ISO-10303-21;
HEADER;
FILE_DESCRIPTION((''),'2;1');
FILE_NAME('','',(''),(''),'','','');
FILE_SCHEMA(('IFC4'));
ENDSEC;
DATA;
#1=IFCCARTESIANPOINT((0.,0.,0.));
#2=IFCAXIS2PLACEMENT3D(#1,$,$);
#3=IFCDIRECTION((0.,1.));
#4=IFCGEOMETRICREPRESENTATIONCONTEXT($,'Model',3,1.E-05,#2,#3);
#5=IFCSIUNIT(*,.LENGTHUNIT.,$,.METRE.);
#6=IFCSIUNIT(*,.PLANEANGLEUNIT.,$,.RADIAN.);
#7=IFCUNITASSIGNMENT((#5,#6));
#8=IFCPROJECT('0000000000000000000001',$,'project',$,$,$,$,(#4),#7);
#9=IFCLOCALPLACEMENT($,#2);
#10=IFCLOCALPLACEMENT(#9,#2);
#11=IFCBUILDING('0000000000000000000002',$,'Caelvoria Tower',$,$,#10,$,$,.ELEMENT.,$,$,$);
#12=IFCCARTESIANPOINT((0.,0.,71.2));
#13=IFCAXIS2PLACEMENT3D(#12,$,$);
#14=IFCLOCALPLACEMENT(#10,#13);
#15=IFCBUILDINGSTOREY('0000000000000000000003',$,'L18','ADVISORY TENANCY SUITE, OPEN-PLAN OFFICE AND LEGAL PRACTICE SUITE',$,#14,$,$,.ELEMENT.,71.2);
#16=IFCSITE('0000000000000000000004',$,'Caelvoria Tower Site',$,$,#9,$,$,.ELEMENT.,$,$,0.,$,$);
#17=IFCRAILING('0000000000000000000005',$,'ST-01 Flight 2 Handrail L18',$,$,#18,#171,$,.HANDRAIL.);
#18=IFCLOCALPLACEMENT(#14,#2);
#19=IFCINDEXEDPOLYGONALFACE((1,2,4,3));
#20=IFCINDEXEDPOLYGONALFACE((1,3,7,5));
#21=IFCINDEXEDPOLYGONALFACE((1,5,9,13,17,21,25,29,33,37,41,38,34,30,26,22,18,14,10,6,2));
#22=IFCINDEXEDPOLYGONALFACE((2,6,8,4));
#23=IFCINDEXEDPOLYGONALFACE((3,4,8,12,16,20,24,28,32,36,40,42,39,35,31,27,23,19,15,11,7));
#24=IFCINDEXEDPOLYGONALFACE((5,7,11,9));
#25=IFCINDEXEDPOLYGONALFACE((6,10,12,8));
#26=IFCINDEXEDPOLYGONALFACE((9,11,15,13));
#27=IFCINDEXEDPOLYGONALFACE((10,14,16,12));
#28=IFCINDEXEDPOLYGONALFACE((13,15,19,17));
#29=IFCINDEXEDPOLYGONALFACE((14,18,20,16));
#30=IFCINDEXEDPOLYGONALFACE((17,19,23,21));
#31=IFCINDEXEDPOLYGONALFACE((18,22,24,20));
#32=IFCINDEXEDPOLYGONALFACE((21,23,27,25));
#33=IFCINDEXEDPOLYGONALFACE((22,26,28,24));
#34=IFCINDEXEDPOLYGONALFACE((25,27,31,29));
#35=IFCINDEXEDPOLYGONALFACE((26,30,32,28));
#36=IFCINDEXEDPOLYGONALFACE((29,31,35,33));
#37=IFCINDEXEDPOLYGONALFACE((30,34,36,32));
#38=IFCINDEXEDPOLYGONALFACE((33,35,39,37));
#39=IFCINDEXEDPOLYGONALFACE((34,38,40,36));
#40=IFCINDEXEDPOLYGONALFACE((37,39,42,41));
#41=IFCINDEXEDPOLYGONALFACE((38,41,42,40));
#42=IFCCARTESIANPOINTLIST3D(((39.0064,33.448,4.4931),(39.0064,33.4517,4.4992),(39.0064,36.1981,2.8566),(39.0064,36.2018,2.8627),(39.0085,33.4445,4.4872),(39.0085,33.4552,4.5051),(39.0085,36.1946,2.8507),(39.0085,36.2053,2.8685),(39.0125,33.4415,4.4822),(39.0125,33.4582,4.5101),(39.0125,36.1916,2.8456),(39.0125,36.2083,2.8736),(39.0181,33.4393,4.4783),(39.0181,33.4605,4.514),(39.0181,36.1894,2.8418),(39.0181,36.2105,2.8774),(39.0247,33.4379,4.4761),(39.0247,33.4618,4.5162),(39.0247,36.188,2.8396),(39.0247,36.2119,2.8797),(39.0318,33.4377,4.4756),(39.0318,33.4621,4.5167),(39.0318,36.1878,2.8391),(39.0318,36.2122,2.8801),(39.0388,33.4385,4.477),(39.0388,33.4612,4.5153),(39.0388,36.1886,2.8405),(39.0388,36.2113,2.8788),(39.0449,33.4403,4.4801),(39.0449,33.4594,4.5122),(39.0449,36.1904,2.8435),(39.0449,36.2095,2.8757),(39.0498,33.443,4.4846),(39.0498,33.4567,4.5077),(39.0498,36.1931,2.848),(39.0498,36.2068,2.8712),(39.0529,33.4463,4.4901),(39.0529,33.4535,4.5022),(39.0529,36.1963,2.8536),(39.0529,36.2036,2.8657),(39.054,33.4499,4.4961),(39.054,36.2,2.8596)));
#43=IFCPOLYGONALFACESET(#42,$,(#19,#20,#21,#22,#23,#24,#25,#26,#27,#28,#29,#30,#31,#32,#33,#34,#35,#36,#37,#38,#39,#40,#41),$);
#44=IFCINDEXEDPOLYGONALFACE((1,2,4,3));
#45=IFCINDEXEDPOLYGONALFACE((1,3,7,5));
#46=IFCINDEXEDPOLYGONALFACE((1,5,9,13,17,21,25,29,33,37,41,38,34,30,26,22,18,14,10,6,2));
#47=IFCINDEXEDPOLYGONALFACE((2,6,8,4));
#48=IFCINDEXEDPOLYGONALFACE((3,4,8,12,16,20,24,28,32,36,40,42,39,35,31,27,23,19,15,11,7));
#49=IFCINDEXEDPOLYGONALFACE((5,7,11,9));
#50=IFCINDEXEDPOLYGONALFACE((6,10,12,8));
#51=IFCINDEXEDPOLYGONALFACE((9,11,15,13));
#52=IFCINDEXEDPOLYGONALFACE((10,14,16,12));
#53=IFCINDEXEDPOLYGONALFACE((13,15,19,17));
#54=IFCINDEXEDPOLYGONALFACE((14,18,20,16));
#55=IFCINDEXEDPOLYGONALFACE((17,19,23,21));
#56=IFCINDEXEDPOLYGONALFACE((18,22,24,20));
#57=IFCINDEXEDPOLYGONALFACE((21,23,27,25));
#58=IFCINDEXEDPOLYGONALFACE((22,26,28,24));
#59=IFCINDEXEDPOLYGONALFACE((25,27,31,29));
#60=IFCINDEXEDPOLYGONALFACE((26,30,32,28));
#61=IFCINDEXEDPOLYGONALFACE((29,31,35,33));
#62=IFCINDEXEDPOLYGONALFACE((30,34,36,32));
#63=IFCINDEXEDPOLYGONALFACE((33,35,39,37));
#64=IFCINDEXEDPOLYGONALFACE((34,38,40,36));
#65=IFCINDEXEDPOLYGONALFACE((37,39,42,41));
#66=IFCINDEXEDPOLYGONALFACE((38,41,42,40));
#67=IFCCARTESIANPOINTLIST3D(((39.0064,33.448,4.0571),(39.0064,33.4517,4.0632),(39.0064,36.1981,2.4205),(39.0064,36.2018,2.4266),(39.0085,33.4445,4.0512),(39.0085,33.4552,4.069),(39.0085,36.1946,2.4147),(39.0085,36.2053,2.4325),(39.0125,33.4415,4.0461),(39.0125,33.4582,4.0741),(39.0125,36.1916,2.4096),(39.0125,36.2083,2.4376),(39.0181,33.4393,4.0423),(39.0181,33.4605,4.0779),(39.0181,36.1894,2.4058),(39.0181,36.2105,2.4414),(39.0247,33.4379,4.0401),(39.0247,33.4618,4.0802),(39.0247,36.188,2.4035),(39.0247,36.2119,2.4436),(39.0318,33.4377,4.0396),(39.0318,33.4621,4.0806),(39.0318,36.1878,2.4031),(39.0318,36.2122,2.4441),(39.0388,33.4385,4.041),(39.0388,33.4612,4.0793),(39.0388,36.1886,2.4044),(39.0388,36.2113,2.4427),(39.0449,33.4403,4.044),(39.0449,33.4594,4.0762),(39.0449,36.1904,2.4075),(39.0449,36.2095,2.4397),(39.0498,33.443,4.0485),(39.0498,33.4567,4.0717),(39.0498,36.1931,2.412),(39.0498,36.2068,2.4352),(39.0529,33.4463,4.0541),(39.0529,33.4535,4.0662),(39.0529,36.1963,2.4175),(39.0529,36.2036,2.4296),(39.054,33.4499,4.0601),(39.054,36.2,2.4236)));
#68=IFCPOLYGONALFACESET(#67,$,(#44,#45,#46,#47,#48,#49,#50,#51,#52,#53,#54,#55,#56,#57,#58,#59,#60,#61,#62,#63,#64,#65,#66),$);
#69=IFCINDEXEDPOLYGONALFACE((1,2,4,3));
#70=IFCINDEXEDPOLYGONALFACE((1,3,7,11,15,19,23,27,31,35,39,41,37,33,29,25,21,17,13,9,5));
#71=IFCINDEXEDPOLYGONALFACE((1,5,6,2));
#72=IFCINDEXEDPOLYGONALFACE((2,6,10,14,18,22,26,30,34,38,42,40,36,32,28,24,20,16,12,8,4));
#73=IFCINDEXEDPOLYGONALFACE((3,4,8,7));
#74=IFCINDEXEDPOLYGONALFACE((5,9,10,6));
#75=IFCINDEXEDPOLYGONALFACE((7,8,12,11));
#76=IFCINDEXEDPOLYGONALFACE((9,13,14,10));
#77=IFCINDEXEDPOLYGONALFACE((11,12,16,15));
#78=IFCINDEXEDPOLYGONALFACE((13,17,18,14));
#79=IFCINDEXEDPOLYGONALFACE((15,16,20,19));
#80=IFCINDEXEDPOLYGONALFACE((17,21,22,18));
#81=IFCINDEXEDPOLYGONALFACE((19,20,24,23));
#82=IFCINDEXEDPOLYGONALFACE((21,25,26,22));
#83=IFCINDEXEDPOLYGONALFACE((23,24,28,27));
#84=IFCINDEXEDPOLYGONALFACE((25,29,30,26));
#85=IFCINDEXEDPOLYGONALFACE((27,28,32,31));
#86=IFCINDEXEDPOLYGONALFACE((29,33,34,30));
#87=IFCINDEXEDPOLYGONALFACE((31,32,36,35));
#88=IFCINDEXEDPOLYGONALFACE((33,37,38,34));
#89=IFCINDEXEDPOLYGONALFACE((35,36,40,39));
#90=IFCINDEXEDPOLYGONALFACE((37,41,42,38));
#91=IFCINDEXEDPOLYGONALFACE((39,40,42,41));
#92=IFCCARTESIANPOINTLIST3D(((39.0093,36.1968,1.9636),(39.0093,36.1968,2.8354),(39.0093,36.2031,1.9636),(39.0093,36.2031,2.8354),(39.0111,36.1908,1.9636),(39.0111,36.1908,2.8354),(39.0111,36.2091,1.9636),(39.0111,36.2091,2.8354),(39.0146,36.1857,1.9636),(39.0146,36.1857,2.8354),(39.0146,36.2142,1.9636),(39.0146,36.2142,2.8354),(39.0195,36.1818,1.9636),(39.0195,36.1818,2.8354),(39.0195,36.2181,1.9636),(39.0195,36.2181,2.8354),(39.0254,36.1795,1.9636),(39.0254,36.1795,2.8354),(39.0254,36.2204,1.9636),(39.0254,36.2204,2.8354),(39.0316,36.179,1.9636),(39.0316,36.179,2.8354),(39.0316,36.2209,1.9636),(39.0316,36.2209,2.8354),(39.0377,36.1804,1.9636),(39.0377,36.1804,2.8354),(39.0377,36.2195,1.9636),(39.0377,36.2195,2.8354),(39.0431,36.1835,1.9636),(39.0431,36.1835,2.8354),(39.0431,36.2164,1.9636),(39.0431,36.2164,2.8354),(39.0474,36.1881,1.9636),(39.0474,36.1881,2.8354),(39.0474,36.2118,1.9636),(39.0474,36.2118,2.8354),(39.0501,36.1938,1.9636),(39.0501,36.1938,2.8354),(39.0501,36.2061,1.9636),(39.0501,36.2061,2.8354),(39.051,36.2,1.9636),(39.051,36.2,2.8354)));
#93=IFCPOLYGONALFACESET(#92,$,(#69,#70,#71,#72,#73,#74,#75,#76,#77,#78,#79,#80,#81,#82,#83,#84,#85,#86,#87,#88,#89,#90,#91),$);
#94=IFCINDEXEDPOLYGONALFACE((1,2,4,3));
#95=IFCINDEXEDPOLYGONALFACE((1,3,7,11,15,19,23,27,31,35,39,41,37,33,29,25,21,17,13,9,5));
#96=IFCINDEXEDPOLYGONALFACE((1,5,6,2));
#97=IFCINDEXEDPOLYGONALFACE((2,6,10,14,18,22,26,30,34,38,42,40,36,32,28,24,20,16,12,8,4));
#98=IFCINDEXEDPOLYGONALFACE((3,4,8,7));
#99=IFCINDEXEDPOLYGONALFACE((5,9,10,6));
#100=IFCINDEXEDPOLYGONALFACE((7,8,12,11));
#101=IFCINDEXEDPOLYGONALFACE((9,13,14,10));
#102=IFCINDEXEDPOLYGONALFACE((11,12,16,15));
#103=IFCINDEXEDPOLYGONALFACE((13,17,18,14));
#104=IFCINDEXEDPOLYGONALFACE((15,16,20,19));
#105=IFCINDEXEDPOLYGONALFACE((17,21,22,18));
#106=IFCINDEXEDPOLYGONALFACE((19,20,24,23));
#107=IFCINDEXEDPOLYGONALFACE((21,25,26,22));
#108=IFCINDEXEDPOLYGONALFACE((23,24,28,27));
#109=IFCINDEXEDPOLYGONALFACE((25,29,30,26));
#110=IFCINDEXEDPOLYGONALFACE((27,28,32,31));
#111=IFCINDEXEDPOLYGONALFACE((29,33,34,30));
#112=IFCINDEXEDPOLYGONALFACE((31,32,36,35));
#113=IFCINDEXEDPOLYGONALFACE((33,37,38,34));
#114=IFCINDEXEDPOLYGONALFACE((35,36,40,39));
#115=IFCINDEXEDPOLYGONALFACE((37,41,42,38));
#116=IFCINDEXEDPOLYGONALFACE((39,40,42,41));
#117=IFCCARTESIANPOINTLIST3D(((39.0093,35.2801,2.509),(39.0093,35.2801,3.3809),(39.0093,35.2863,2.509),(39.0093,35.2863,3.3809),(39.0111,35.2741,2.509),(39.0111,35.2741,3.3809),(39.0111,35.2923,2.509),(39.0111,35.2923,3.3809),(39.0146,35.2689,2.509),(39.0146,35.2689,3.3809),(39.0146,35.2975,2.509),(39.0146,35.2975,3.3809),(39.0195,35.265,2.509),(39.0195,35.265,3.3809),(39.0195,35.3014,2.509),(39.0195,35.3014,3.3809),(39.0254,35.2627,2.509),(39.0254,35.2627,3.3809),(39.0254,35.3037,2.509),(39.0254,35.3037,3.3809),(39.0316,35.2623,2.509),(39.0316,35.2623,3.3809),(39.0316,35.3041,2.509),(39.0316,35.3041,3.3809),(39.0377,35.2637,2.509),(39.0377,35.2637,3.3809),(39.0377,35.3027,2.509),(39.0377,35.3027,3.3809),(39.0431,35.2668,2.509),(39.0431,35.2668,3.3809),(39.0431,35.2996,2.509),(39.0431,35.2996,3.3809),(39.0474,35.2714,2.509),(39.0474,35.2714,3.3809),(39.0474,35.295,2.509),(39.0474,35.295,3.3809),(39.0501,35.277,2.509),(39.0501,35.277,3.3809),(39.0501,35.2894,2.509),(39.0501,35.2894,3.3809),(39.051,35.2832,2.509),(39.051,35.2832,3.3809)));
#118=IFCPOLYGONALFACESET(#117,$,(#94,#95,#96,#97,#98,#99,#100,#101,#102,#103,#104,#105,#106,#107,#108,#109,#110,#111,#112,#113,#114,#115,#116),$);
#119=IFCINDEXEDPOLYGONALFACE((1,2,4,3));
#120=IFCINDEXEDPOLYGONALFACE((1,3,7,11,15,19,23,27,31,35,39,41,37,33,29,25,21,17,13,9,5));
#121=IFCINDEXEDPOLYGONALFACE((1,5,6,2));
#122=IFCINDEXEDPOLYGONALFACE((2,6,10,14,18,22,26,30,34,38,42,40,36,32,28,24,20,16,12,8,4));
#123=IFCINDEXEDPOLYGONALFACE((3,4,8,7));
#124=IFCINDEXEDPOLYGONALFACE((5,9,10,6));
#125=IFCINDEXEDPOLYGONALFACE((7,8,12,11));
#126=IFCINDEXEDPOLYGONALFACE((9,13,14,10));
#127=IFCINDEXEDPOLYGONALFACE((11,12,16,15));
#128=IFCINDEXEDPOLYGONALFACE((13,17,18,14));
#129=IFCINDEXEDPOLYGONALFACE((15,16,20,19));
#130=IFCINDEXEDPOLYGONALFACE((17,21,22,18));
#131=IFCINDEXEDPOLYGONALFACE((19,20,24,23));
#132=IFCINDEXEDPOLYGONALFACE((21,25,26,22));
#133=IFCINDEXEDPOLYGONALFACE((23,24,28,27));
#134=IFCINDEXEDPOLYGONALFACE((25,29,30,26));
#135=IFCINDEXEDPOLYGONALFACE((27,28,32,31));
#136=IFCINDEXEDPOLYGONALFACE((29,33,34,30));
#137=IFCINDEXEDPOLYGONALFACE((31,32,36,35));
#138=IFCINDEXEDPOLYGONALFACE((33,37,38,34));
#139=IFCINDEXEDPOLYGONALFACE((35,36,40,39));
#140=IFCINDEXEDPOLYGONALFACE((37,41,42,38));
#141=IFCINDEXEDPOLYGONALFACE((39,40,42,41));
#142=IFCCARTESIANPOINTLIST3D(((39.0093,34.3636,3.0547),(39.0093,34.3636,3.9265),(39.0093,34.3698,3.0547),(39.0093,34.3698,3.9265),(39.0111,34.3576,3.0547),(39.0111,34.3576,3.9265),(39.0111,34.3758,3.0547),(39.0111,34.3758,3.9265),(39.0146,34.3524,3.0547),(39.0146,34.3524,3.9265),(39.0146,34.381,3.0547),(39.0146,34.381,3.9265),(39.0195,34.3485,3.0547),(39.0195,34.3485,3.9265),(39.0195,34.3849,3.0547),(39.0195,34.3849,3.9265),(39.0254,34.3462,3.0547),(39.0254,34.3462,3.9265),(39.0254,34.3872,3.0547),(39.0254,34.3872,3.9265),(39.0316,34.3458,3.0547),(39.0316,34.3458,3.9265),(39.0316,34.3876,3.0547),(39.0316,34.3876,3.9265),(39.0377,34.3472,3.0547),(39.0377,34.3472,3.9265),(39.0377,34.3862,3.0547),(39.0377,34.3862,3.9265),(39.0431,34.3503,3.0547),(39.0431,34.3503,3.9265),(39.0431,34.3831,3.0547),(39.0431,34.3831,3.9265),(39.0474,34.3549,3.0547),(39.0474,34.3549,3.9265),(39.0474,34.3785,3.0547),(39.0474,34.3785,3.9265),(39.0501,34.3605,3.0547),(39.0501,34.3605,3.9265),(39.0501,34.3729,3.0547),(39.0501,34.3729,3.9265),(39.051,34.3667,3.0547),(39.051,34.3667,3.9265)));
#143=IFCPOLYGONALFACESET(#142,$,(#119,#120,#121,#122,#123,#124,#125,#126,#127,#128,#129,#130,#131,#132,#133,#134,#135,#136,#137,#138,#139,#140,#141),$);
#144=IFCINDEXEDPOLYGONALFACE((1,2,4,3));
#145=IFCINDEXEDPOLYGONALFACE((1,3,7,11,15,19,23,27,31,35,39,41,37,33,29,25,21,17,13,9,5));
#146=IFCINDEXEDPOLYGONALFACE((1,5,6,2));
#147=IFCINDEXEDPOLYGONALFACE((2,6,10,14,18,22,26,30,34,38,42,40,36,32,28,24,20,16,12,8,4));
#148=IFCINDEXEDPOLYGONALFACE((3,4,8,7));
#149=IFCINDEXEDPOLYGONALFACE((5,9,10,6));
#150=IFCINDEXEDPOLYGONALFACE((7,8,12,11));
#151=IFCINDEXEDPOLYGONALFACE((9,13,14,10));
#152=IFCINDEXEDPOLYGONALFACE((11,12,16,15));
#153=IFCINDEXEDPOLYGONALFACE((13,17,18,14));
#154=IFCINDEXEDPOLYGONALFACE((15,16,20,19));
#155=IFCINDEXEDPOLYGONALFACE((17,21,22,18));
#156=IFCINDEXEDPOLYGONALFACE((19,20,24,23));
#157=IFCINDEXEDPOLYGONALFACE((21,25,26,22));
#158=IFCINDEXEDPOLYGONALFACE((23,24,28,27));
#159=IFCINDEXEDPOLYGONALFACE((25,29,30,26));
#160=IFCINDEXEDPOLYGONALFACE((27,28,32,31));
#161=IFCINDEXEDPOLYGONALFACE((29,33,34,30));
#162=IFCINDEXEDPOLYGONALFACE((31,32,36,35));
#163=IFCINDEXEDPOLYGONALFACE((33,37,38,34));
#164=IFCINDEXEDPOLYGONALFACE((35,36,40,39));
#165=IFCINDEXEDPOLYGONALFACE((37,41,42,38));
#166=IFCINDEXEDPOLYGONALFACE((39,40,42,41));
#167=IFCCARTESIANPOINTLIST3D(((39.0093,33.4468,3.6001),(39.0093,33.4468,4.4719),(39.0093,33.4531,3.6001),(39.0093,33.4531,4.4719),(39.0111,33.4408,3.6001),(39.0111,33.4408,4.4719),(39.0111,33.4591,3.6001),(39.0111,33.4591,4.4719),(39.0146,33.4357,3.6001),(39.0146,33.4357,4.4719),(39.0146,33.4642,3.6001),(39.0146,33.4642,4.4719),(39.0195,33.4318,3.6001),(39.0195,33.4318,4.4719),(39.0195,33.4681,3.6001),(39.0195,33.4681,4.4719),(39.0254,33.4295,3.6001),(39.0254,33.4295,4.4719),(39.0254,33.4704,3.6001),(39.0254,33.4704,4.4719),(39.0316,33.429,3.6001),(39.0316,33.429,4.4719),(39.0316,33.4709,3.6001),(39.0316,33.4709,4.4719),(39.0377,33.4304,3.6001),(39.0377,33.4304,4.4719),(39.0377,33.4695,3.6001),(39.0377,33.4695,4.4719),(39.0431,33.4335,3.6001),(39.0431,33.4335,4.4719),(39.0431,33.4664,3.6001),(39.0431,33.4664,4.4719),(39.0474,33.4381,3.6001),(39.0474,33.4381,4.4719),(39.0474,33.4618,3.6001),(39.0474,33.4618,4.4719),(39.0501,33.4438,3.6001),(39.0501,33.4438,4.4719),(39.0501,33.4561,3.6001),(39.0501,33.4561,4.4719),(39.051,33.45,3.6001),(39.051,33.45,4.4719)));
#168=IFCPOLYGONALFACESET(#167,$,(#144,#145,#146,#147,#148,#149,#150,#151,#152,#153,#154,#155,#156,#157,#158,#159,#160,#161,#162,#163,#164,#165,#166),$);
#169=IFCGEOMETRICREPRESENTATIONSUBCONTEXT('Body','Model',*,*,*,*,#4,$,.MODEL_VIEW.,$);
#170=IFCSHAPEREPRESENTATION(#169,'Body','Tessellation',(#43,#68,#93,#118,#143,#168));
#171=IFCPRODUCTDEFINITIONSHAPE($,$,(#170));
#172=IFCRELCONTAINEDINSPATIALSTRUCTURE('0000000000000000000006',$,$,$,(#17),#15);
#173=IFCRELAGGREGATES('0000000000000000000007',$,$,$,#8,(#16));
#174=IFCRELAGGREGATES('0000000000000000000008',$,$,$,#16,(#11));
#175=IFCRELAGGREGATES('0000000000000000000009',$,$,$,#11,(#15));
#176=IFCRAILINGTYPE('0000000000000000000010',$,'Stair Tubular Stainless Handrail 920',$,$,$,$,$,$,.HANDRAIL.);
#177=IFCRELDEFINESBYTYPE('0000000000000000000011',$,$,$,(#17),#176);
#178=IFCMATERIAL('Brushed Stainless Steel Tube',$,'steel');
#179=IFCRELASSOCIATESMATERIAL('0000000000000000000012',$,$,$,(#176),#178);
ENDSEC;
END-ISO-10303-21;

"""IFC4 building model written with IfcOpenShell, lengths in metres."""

from ifc_helpers import new_model, si_unit, direction, frame, origin, origin_2d, place, context, subcontext, project, spatial, circle, extrude, material, type_object, element, save


model = new_model("IFC4")

# Units and contexts
model_context = context("Model", 3, precision=1e-05, world=origin(), true_north=direction((0.0, 1.0)))
body_context = subcontext(model_context, "Body", "Model", "MODEL_VIEW")
ifc_project = project(units=[si_unit("LENGTHUNIT", "METRE"), si_unit("PLANEANGLEUNIT", "RADIAN")], contexts=[model_context])

# Site, building, storey
site_placement = place(None, origin())
site = spatial("IfcSite", under=ifc_project, at=site_placement, Name="Caelvoria Tower Site", CompositionType="ELEMENT", RefElevation=0.0)
building_placement = place(site_placement, origin())
building = spatial("IfcBuilding", under=site, at=building_placement, Name="Caelvoria Tower", CompositionType="ELEMENT")
storey_placement = place(building_placement, frame((0.0, 0.0, 71.2)))
storey = spatial("IfcBuildingStorey", under=building, at=storey_placement, Name="L18", Description="ADVISORY TENANCY SUITE, OPEN-PLAN OFFICE AND LEGAL PRACTICE SUITE", CompositionType="ELEMENT", Elevation=71.2)

# Railing
ifc_material_1 = material(Name="Brushed Stainless Steel Tube", Category="steel")
railing_type_1 = type_object("IfcRailingType", Name="Stair Tubular Stainless Handrail 920", PredefinedType="HANDRAIL", material=ifc_material_1)
railing_1_placement = place(storey_placement, frame((39.03, 36.2, 1.9636)))
element("IfcRailing", 1, at=railing_1_placement, inside=storey, type_object=railing_type_1, Name="ST-01 Flight 2 Handrail L18", PredefinedType="HANDRAIL", context=body_context, shape_type="SweptSolid", body=[
    extrude(circle(Radius=0.0239, at=origin_2d()), frame((0.0, 0.0, 0.896), z_axis=(0.0, -0.859352, 0.511385), x_axis=(1.0, 0.0, 0.0)), (0.0, 0.0, 1.0), 3.2002),
    extrude(circle(Radius=0.0239, at=origin_2d()), frame((0.0, 0.0, 0.46), z_axis=(0.0, -0.859352, 0.511385), x_axis=(1.0, 0.0, 0.0)), (0.0, 0.0, 1.0), 3.2002),
    extrude(circle(Radius=0.021, at=origin_2d()), origin(), (0.0, 0.0, 1.0), 0.8718),
    extrude(circle(Radius=0.021, at=origin_2d()), frame((0.0, -0.9167, 0.5454)), (0.0, 0.0, 1.0), 0.8718),
    extrude(circle(Radius=0.021, at=origin_2d()), frame((0.0, -1.8333, 1.0911)), (0.0, 0.0, 1.0), 0.8718),
    extrude(circle(Radius=0.021, at=origin_2d()), frame((0.0, -2.75, 1.6365)), (0.0, 0.0, 1.0), 0.8718),
])

save(model, "model.ifc")
